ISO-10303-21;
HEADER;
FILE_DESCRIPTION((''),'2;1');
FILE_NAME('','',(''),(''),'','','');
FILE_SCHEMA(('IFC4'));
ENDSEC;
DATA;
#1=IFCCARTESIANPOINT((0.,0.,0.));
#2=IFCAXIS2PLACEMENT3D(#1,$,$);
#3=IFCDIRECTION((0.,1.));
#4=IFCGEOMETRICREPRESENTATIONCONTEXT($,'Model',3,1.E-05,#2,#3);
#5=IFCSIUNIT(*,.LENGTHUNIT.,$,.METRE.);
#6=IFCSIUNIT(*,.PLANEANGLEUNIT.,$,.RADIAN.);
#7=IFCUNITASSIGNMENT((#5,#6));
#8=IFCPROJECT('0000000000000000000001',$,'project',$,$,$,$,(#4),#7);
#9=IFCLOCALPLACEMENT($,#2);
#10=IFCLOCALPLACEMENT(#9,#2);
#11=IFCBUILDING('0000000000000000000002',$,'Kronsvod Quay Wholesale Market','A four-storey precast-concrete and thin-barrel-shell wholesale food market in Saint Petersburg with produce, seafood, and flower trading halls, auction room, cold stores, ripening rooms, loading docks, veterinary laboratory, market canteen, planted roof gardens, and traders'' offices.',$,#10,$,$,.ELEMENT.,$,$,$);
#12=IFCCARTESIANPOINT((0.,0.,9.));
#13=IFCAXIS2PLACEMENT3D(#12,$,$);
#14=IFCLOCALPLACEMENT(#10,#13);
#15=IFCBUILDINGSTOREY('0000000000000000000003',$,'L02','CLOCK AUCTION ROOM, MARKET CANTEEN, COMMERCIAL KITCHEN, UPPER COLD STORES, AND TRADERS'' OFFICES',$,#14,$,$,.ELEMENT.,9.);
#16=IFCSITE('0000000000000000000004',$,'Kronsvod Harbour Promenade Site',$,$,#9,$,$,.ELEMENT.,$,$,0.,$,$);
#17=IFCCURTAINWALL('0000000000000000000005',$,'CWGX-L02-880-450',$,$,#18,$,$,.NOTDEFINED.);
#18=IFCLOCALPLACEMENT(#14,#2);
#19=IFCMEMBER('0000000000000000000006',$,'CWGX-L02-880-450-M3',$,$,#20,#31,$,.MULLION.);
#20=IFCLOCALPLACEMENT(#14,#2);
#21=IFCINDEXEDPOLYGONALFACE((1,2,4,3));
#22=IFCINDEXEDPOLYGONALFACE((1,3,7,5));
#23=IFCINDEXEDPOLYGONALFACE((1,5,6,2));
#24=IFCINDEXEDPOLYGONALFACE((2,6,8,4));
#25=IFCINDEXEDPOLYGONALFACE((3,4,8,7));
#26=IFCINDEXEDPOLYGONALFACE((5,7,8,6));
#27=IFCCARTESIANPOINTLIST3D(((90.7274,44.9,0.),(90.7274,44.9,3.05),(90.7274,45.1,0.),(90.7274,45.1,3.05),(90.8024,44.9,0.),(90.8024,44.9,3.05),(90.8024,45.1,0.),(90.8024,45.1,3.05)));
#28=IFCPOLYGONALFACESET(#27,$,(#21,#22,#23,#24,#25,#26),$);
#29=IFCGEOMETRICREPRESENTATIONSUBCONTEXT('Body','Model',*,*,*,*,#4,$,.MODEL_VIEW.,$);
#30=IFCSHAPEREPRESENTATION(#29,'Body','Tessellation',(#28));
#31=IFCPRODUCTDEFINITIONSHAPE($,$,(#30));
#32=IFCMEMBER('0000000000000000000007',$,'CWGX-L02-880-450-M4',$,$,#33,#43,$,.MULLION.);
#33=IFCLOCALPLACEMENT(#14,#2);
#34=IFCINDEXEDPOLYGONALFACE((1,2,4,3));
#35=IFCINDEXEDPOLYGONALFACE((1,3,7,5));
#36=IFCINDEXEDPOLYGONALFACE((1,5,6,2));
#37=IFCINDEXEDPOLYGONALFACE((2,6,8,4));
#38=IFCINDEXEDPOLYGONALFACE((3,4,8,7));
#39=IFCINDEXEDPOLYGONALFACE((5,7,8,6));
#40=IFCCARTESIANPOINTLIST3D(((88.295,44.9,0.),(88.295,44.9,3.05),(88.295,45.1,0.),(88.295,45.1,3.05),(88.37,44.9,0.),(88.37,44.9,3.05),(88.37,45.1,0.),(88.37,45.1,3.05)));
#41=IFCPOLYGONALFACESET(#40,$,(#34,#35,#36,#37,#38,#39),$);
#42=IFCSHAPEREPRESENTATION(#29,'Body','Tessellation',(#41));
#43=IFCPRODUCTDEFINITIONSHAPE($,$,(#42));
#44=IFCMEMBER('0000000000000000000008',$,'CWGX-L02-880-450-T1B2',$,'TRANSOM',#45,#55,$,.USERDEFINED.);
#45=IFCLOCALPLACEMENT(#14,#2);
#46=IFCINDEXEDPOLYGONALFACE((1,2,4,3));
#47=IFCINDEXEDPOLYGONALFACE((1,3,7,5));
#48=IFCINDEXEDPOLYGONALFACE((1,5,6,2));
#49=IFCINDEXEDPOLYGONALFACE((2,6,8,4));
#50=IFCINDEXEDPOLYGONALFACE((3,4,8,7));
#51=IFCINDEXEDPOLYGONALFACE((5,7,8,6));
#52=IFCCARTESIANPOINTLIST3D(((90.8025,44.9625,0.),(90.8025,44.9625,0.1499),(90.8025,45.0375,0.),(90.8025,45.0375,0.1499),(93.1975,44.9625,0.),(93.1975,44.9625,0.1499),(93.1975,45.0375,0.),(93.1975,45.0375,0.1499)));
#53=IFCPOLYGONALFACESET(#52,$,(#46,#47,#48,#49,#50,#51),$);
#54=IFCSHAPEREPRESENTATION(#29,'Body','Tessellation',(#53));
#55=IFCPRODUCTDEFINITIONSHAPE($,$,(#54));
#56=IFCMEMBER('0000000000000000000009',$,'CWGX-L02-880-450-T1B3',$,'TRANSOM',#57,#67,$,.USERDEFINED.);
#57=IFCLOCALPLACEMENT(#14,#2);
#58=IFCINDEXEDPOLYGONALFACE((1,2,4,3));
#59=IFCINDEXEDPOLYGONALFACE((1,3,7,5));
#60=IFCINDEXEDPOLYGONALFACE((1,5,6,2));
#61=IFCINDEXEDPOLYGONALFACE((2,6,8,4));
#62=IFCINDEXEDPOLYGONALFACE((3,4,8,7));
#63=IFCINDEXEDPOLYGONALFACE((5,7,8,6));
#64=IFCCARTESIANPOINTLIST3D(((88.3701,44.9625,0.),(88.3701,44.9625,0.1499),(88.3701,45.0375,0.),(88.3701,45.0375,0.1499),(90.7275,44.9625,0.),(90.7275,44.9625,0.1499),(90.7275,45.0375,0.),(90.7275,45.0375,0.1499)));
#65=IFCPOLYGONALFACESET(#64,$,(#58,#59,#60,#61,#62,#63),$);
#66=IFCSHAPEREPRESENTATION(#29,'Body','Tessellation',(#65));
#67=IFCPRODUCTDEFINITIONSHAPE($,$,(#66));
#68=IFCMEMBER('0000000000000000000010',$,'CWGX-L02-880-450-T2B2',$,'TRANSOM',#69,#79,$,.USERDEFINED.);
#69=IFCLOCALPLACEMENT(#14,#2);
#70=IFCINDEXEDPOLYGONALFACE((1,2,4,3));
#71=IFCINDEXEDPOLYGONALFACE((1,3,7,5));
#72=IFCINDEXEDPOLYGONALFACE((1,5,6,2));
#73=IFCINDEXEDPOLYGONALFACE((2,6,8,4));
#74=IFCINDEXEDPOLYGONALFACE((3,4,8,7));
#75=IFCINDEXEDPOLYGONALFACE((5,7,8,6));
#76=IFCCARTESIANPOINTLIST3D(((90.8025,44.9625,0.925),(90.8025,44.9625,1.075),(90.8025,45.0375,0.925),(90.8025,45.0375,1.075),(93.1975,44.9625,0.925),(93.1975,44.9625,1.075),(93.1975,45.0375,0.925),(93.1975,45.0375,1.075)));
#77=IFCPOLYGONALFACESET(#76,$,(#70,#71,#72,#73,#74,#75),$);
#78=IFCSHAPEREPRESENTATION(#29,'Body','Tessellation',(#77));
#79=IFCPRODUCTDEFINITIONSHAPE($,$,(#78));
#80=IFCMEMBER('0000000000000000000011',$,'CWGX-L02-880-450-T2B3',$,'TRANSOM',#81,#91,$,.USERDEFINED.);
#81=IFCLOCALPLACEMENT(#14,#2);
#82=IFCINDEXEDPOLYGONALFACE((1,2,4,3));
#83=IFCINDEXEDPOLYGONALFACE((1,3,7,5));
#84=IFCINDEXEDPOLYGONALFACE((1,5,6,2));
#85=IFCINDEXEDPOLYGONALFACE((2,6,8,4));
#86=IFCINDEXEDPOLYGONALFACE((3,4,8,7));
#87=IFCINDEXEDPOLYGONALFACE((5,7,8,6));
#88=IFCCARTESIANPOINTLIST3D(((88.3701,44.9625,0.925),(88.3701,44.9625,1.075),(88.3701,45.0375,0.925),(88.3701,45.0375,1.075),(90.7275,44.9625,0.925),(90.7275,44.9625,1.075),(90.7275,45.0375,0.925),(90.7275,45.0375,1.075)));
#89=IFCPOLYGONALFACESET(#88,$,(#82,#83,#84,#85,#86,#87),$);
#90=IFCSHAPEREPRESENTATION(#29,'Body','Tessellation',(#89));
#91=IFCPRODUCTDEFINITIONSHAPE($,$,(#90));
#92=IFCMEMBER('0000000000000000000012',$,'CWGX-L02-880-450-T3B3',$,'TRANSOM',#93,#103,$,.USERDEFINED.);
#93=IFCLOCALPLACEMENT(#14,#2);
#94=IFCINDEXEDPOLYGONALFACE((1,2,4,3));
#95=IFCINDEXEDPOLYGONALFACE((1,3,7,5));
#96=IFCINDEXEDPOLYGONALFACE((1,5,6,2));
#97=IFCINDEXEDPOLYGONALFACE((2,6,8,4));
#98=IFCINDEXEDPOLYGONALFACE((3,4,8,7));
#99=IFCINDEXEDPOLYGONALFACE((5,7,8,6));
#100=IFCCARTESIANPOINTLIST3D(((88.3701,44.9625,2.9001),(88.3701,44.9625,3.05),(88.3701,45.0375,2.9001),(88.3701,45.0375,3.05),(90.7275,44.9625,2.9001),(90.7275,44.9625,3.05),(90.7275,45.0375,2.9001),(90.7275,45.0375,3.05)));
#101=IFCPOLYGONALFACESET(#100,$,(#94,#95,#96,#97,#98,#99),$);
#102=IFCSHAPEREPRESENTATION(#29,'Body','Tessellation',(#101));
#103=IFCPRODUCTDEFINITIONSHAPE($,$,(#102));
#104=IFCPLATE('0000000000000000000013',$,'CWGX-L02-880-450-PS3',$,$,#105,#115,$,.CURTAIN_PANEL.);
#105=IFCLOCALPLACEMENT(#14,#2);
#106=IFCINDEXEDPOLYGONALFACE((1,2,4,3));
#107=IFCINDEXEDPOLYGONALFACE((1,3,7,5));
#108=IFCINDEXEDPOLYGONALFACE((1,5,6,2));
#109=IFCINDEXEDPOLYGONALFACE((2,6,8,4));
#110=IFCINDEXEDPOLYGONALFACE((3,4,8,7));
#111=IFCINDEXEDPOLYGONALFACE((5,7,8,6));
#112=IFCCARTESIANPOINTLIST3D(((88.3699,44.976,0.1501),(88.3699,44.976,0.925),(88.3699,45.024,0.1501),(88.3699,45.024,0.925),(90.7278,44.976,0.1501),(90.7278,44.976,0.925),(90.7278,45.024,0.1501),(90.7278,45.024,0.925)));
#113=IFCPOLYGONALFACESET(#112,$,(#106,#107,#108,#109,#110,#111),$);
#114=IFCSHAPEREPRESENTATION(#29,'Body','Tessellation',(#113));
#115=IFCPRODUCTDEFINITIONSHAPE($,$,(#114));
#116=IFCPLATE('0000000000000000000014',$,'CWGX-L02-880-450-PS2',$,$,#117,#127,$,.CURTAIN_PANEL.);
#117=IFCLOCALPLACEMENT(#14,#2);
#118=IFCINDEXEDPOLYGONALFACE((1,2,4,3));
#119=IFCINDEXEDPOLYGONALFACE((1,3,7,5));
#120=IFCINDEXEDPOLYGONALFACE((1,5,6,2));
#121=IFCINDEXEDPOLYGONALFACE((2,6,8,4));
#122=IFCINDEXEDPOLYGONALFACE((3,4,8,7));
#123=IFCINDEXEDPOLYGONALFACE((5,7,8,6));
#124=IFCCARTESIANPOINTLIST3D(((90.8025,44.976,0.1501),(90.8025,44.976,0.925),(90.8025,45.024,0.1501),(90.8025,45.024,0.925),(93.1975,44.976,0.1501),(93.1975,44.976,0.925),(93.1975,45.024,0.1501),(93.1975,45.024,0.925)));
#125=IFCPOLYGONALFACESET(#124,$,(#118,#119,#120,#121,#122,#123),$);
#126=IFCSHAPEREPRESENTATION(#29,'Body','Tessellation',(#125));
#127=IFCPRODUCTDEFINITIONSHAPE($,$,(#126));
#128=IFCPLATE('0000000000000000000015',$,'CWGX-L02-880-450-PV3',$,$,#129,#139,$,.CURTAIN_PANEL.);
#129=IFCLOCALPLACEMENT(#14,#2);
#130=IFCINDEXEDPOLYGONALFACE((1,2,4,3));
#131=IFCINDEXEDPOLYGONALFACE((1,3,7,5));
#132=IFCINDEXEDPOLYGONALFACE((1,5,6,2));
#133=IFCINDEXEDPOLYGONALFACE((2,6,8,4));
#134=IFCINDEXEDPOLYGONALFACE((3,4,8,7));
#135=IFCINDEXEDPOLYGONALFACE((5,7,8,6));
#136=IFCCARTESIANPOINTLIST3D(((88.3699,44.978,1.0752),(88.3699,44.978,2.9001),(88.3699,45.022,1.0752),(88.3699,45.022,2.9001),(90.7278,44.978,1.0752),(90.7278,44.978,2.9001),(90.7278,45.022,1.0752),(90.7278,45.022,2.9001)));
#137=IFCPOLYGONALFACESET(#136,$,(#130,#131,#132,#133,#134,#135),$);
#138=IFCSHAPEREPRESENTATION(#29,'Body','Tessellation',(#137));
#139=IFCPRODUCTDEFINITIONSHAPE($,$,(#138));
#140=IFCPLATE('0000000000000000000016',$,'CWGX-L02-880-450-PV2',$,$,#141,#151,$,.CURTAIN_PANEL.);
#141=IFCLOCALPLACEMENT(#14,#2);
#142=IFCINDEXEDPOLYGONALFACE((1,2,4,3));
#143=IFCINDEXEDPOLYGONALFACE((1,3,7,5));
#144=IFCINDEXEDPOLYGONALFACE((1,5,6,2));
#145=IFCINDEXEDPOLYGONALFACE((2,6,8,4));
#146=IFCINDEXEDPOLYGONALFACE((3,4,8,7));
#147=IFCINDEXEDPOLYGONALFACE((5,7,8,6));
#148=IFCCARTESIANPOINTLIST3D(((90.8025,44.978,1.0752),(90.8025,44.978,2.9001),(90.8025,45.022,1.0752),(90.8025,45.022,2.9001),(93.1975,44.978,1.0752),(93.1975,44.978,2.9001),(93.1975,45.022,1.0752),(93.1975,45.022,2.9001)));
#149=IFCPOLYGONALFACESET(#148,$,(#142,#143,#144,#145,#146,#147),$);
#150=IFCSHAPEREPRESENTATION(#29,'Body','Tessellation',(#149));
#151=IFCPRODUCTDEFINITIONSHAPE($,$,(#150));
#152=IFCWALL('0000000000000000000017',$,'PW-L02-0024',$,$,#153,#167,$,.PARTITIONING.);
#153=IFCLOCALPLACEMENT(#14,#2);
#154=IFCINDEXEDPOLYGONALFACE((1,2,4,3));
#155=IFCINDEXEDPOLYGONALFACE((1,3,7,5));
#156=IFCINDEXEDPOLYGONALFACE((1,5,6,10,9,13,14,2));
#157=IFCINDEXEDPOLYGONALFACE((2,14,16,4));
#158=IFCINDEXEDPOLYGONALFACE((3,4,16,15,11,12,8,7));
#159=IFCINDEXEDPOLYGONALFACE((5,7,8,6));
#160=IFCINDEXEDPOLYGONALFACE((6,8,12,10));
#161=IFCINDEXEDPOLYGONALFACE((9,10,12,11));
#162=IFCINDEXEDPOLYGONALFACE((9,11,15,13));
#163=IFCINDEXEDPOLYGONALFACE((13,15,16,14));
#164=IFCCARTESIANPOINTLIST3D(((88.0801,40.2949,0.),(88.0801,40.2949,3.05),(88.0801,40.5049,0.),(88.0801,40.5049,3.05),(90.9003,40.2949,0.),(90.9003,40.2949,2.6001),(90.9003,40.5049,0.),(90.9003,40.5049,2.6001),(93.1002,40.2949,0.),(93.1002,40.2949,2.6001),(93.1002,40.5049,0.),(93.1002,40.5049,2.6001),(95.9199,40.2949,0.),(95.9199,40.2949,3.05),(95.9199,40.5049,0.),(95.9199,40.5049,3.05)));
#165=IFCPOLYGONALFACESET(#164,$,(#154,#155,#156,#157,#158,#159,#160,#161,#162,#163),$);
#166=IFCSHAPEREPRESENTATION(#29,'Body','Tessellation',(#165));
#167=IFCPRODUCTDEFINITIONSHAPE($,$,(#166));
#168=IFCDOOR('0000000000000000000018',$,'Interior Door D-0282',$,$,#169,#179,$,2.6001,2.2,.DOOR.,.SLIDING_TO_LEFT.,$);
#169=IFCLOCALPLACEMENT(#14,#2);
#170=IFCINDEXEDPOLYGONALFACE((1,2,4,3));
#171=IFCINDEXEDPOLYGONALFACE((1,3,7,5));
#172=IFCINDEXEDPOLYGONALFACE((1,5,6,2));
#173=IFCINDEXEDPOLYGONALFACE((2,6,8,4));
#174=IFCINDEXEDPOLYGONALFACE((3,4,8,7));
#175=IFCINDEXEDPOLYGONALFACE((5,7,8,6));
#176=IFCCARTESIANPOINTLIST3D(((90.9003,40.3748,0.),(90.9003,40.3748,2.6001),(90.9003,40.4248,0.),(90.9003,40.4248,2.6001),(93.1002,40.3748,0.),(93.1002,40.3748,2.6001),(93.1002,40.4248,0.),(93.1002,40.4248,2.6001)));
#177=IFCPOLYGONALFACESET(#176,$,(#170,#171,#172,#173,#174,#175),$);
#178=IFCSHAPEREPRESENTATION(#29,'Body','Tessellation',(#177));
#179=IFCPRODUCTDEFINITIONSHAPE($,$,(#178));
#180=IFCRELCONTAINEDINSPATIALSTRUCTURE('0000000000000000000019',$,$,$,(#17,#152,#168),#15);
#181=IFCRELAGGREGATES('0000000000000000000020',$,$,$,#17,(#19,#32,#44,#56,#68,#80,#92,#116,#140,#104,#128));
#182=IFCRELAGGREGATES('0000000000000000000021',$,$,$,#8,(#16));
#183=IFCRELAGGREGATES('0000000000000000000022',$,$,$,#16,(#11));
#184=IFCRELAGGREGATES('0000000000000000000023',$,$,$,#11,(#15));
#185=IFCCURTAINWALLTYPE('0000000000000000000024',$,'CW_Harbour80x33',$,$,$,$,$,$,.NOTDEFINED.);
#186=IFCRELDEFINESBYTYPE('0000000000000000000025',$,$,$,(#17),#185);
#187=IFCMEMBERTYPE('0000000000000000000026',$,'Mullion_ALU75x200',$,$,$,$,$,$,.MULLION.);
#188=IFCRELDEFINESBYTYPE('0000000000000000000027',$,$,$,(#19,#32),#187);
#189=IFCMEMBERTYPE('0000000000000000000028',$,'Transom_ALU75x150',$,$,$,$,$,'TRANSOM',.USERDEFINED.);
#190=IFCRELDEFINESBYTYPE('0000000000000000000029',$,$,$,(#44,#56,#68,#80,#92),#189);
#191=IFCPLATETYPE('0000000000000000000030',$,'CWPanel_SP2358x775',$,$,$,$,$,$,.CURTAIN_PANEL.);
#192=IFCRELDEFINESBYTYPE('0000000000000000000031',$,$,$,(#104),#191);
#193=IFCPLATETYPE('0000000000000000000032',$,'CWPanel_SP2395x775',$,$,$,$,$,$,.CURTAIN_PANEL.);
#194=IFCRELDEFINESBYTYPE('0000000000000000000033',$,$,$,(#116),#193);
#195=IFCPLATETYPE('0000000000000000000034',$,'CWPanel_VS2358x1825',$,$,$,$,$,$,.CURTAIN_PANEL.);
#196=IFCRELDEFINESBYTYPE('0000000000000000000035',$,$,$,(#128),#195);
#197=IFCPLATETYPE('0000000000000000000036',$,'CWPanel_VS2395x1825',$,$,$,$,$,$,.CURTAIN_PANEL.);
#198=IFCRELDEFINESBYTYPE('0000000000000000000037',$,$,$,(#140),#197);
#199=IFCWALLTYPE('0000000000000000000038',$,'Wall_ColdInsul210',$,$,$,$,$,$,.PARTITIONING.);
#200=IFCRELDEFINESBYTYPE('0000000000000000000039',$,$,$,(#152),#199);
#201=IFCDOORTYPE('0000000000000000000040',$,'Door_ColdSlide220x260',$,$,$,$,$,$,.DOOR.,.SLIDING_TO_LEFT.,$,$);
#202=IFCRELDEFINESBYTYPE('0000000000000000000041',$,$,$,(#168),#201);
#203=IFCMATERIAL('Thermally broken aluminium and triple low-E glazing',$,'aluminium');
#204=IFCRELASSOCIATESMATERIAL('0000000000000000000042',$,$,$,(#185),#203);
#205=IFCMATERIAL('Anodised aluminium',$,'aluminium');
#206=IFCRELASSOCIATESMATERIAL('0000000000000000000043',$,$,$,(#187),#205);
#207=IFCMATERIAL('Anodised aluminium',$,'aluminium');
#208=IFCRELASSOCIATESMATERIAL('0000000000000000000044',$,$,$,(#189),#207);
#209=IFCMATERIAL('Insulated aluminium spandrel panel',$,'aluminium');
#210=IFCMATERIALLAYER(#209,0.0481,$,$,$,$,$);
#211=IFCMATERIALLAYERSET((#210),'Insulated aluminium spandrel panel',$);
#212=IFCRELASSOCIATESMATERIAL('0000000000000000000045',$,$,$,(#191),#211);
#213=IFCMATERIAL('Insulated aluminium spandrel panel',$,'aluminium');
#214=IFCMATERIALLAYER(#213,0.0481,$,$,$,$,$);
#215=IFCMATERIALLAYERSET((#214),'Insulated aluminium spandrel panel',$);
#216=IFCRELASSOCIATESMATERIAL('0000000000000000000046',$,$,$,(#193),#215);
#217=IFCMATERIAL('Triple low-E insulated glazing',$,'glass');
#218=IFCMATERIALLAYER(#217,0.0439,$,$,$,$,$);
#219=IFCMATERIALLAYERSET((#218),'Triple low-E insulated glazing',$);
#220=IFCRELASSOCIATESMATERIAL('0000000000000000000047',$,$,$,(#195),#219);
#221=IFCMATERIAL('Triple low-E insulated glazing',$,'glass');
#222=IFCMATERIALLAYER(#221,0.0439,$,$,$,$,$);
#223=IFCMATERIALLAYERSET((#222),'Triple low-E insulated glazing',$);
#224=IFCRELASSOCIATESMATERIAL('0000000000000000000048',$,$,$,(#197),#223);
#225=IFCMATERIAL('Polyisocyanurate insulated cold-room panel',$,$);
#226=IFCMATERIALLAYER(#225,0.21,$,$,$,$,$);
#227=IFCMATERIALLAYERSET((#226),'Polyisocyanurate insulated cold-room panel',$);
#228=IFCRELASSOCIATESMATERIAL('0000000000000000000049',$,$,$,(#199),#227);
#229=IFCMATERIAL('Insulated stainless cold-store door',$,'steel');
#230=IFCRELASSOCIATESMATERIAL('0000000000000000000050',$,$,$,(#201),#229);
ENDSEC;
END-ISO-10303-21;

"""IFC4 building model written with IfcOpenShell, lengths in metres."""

from ifc_helpers import new_model, si_unit, direction, frame, frame_2d, origin, origin_2d, place, context, subcontext, project, spatial, rectangle, extrude, material, layer, layer_set, material_profile, profile_set, type_object, element, fill, aggregate, save


model = new_model("IFC4")

# Units and contexts
model_context = context("Model", 3, precision=1e-05, world=origin(), true_north=direction((0.0, 1.0)))
body_context = subcontext(model_context, "Body", "Model", "MODEL_VIEW")
ifc_project = project(units=[si_unit("LENGTHUNIT", "METRE"), si_unit("PLANEANGLEUNIT", "RADIAN")], contexts=[model_context])

# Site, building, storey
site_placement = place(None, origin())
site = spatial("IfcSite", under=ifc_project, at=site_placement, Name="Kronsvod Harbour Promenade Site", CompositionType="ELEMENT", RefElevation=0.0)
building_placement = place(site_placement, origin())
building = spatial("IfcBuilding", under=site, at=building_placement, Name="Kronsvod Quay Wholesale Market", Description="A four-storey precast-concrete and thin-barrel-shell wholesale food market in Saint Petersburg with produce, seafood, and flower trading halls, auction room, cold stores, ripening rooms, loading docks, veterinary laboratory, market canteen, planted roof gardens, and traders' offices.", CompositionType="ELEMENT")
storey_placement = place(building_placement, frame((0.0, 0.0, 9.0)))
storey = spatial("IfcBuildingStorey", under=building, at=storey_placement, Name="L02", Description="CLOCK AUCTION ROOM, MARKET CANTEEN, COMMERCIAL KITCHEN, UPPER COLD STORES, AND TRADERS' OFFICES", CompositionType="ELEMENT", Elevation=9.0)

# Curtain wall, members, plates
ifc_material_1 = material(Name="Thermally broken aluminium and triple low-E glazing", Category="aluminium")
curtain_wall_type = type_object("IfcCurtainWallType", Name="CW_Harbour80x33", PredefinedType="NOTDEFINED", material=ifc_material_1)
curtain_wall_placement = place(storey_placement, origin())
curtain_wall = element("IfcCurtainWall", 1, at=curtain_wall_placement, inside=storey, type_object=curtain_wall_type, Name="CWGX-L02-880-450", PredefinedType="NOTDEFINED")
ifc_material_2 = material(Name="Anodised aluminium", Category="aluminium")
ifc_material_profile_1 = material_profile(ifc_material_2, rectangle(XDim=0.075, YDim=0.2, at=origin_2d()), Name="ALUM75x200")
ifc_profile_set_1 = profile_set([ifc_material_profile_1], Name="Anodised aluminium")
member_type_1 = type_object("IfcMemberType", Name="Mullion_ALU75x200", PredefinedType="MULLION", material=ifc_profile_set_1)
member_1_placement = place(storey_placement, frame((90.7649, 45.0, 0.0), z_axis=(0.0, 0.0, 1.0), x_axis=(1.0, 0.0, 0.0)))
member_1 = element("IfcMember", 2, at=member_1_placement, type_object=member_type_1, Name="CWGX-L02-880-450-M3", PredefinedType="MULLION", context=body_context, shape_type="SweptSolid", body=[
    extrude(rectangle(XDim=0.075, YDim=0.2, at=origin_2d()), origin(), (0.0, 0.0, 1.0), 3.05),
])
member_2_placement = place(storey_placement, frame((88.3325, 45.0, 0.0), z_axis=(0.0, 0.0, 1.0), x_axis=(1.0, 0.0, 0.0)))
member_2 = element("IfcMember", 3, at=member_2_placement, type_object=member_type_1, Name="CWGX-L02-880-450-M4", PredefinedType="MULLION", context=body_context, shape_type="SweptSolid", body=[
    extrude(rectangle(XDim=0.075, YDim=0.2, at=origin_2d()), origin(), (0.0, 0.0, 1.0), 3.05),
])
ifc_material_3 = material(Name="Anodised aluminium", Category="aluminium")
ifc_material_profile_2 = material_profile(ifc_material_3, rectangle(XDim=0.075, YDim=0.1499, at=origin_2d()), Name="ALUT75x150")
ifc_profile_set_2 = profile_set([ifc_material_profile_2], Name="Anodised aluminium")
member_type_2 = type_object("IfcMemberType", Name="Transom_ALU75x150", ElementType="TRANSOM", PredefinedType="USERDEFINED", material=ifc_profile_set_2)
member_3_placement = place(storey_placement, frame((93.1975, 45.0, 0.075), z_axis=(-1.0, 0.0, 0.0), x_axis=(0.0, -1.0, 0.0)))
member_3 = element("IfcMember", 4, at=member_3_placement, type_object=member_type_2, Name="CWGX-L02-880-450-T1B2", ObjectType="TRANSOM", PredefinedType="USERDEFINED", context=body_context, shape_type="SweptSolid", body=[
    extrude(rectangle(XDim=0.075, YDim=0.1499, at=origin_2d()), origin(), (0.0, 0.0, 1.0), 2.395),
])
member_4_placement = place(storey_placement, frame((90.7275, 45.0, 0.075), z_axis=(-1.0, 0.0, 0.0), x_axis=(0.0, -1.0, 0.0)))
member_4 = element("IfcMember", 5, at=member_4_placement, type_object=member_type_2, Name="CWGX-L02-880-450-T1B3", ObjectType="TRANSOM", PredefinedType="USERDEFINED", context=body_context, shape_type="SweptSolid", body=[
    extrude(rectangle(XDim=0.075, YDim=0.1499, at=origin_2d()), origin(), (0.0, 0.0, 1.0), 2.3574),
])
member_5_placement = place(storey_placement, frame((93.1975, 45.0, 1.0), z_axis=(-1.0, 0.0, 0.0), x_axis=(0.0, -1.0, 0.0)))
member_5 = element("IfcMember", 6, at=member_5_placement, type_object=member_type_2, Name="CWGX-L02-880-450-T2B2", ObjectType="TRANSOM", PredefinedType="USERDEFINED", context=body_context, shape_type="SweptSolid", body=[
    extrude(rectangle(XDim=0.075, YDim=0.1499, at=origin_2d()), origin(), (0.0, 0.0, 1.0), 2.395),
])
member_6_placement = place(storey_placement, frame((90.7275, 45.0, 1.0), z_axis=(-1.0, 0.0, 0.0), x_axis=(0.0, -1.0, 0.0)))
member_6 = element("IfcMember", 7, at=member_6_placement, type_object=member_type_2, Name="CWGX-L02-880-450-T2B3", ObjectType="TRANSOM", PredefinedType="USERDEFINED", context=body_context, shape_type="SweptSolid", body=[
    extrude(rectangle(XDim=0.075, YDim=0.1499, at=origin_2d()), origin(), (0.0, 0.0, 1.0), 2.3574),
])
member_7_placement = place(storey_placement, frame((90.7275, 45.0, 2.9751), z_axis=(-1.0, 0.0, 0.0), x_axis=(0.0, -1.0, 0.0)))
member_7 = element("IfcMember", 8, at=member_7_placement, type_object=member_type_2, Name="CWGX-L02-880-450-T3B3", ObjectType="TRANSOM", PredefinedType="USERDEFINED", context=body_context, shape_type="SweptSolid", body=[
    extrude(rectangle(XDim=0.075, YDim=0.1499, at=origin_2d()), origin(), (0.0, 0.0, 1.0), 2.3574),
])
ifc_material_4 = material(Name="Insulated aluminium spandrel panel", Category="aluminium")
ifc_layer_1 = layer(ifc_material_4, 0.0481)
ifc_layer_set_1 = layer_set([ifc_layer_1], Name="Insulated aluminium spandrel panel")
plate_type_1 = type_object("IfcPlateType", Name="CWPanel_SP2358x775", PredefinedType="CURTAIN_PANEL", material=ifc_layer_set_1)
plate_1_placement = place(storey_placement, frame((89.5488, 45.0, 0.1501), z_axis=(0.0, 0.0, 1.0), x_axis=(-1.0, 0.0, 0.0)))
plate_1 = element("IfcPlate", 9, at=plate_1_placement, type_object=plate_type_1, Name="CWGX-L02-880-450-PS3", PredefinedType="CURTAIN_PANEL", context=body_context, shape_type="SweptSolid", body=[
    extrude(rectangle(XDim=2.3579, YDim=0.0481, at=origin_2d()), origin(), (0.0, 0.0, 1.0), 0.7749),
])
ifc_material_5 = material(Name="Insulated aluminium spandrel panel", Category="aluminium")
ifc_layer_2 = layer(ifc_material_5, 0.0481)
ifc_layer_set_2 = layer_set([ifc_layer_2], Name="Insulated aluminium spandrel panel")
plate_type_2 = type_object("IfcPlateType", Name="CWPanel_SP2395x775", PredefinedType="CURTAIN_PANEL", material=ifc_layer_set_2)
plate_2_placement = place(storey_placement, frame((92.0, 45.0, 0.1501), z_axis=(0.0, 0.0, 1.0), x_axis=(-1.0, 0.0, 0.0)))
plate_2 = element("IfcPlate", 10, at=plate_2_placement, type_object=plate_type_2, Name="CWGX-L02-880-450-PS2", PredefinedType="CURTAIN_PANEL", context=body_context, shape_type="SweptSolid", body=[
    extrude(rectangle(XDim=2.395, YDim=0.0481, at=origin_2d()), origin(), (0.0, 0.0, 1.0), 0.7749),
])
ifc_material_6 = material(Name="Triple low-E insulated glazing", Category="glass")
ifc_layer_3 = layer(ifc_material_6, 0.0439)
ifc_layer_set_3 = layer_set([ifc_layer_3], Name="Triple low-E insulated glazing")
plate_type_3 = type_object("IfcPlateType", Name="CWPanel_VS2358x1825", PredefinedType="CURTAIN_PANEL", material=ifc_layer_set_3)
plate_3_placement = place(storey_placement, frame((89.5488, 45.0, 1.0752), z_axis=(0.0, 0.0, 1.0), x_axis=(-1.0, 0.0, 0.0)))
plate_3 = element("IfcPlate", 11, at=plate_3_placement, type_object=plate_type_3, Name="CWGX-L02-880-450-PV3", PredefinedType="CURTAIN_PANEL", context=body_context, shape_type="SweptSolid", body=[
    extrude(rectangle(XDim=2.3579, YDim=0.0439, at=origin_2d()), origin(), (0.0, 0.0, 1.0), 1.825),
])
ifc_material_7 = material(Name="Triple low-E insulated glazing", Category="glass")
ifc_layer_4 = layer(ifc_material_7, 0.0439)
ifc_layer_set_4 = layer_set([ifc_layer_4], Name="Triple low-E insulated glazing")
plate_type_4 = type_object("IfcPlateType", Name="CWPanel_VS2395x1825", PredefinedType="CURTAIN_PANEL", material=ifc_layer_set_4)
plate_4_placement = place(storey_placement, frame((92.0, 45.0, 1.0752), z_axis=(0.0, 0.0, 1.0), x_axis=(-1.0, 0.0, 0.0)))
plate_4 = element("IfcPlate", 12, at=plate_4_placement, type_object=plate_type_4, Name="CWGX-L02-880-450-PV2", PredefinedType="CURTAIN_PANEL", context=body_context, shape_type="SweptSolid", body=[
    extrude(rectangle(XDim=2.395, YDim=0.0439, at=origin_2d()), origin(), (0.0, 0.0, 1.0), 1.825),
])
aggregate(curtain_wall, [member_1, member_2, member_3, member_4, member_5, member_6, member_7, plate_2, plate_4, plate_1, plate_3])

# Wall, opening, door
ifc_material_8 = material(Name="Polyisocyanurate insulated cold-room panel")
ifc_layer_5 = layer(ifc_material_8, 0.21)
ifc_layer_set_5 = layer_set([ifc_layer_5], Name="Polyisocyanurate insulated cold-room panel")
wall_type_1 = type_object("IfcWallType", Name="Wall_ColdInsul210", PredefinedType="PARTITIONING", material=ifc_layer_set_5)
wall_1_placement = place(storey_placement, frame((88.0801, 40.3999, 0.0), z_axis=(0.0, 0.0, 1.0), x_axis=(1.0, 0.0, 0.0)))
wall_1 = element("IfcWall", 13, at=wall_1_placement, inside=storey, type_object=wall_type_1, Name="PW-L02-0024", PredefinedType="PARTITIONING", context=body_context, shape_type="SweptSolid", body=[
    extrude(rectangle(XDim=7.8398, YDim=0.21, at=frame_2d((3.9199, 0.0))), origin(), (0.0, 0.0, 1.0), 3.05),
])
opening_1_placement = place(wall_1_placement, frame((2.8201, 0.0, 0.0)))
opening_1 = element("IfcOpeningElement", 14, at=opening_1_placement, cuts=wall_1, PredefinedType="OPENING", context=body_context, shape_type="SweptSolid", body=[
    extrude(rectangle(XDim=2.2, YDim=2.6001, at=frame_2d((1.1001, 1.3))), frame((0.0, 0.115, 0.0), z_axis=(0.0, -1.0, 0.0), x_axis=(1.0, 0.0, 0.0)), (0.0, 0.0, 1.0), 0.23),
])
ifc_material_9 = material(Name="Insulated stainless cold-store door", Category="steel")
door_type_1 = type_object("IfcDoorType", Name="Door_ColdSlide220x260", OperationType="SLIDING_TO_LEFT", PredefinedType="DOOR", material=ifc_material_9)
door_1_placement = place(opening_1_placement, origin())
door_1 = element("IfcDoor", 15, at=door_1_placement, inside=storey, type_object=door_type_1, Name="Interior Door D-0282", OperationType="SLIDING_TO_LEFT", OverallHeight=2.6001, OverallWidth=2.2, PredefinedType="DOOR", context=body_context, shape_type="SweptSolid", body=[
    extrude(rectangle(XDim=2.2, YDim=2.6001, at=frame_2d((1.1001, 1.3))), frame((0.0, 0.0249, 0.0), z_axis=(0.0, -1.0, 0.0), x_axis=(1.0, 0.0, 0.0)), (0.0, 0.0, 1.0), 0.05),
])
fill(opening_1, door_1)

save(model, "model.ifc")
